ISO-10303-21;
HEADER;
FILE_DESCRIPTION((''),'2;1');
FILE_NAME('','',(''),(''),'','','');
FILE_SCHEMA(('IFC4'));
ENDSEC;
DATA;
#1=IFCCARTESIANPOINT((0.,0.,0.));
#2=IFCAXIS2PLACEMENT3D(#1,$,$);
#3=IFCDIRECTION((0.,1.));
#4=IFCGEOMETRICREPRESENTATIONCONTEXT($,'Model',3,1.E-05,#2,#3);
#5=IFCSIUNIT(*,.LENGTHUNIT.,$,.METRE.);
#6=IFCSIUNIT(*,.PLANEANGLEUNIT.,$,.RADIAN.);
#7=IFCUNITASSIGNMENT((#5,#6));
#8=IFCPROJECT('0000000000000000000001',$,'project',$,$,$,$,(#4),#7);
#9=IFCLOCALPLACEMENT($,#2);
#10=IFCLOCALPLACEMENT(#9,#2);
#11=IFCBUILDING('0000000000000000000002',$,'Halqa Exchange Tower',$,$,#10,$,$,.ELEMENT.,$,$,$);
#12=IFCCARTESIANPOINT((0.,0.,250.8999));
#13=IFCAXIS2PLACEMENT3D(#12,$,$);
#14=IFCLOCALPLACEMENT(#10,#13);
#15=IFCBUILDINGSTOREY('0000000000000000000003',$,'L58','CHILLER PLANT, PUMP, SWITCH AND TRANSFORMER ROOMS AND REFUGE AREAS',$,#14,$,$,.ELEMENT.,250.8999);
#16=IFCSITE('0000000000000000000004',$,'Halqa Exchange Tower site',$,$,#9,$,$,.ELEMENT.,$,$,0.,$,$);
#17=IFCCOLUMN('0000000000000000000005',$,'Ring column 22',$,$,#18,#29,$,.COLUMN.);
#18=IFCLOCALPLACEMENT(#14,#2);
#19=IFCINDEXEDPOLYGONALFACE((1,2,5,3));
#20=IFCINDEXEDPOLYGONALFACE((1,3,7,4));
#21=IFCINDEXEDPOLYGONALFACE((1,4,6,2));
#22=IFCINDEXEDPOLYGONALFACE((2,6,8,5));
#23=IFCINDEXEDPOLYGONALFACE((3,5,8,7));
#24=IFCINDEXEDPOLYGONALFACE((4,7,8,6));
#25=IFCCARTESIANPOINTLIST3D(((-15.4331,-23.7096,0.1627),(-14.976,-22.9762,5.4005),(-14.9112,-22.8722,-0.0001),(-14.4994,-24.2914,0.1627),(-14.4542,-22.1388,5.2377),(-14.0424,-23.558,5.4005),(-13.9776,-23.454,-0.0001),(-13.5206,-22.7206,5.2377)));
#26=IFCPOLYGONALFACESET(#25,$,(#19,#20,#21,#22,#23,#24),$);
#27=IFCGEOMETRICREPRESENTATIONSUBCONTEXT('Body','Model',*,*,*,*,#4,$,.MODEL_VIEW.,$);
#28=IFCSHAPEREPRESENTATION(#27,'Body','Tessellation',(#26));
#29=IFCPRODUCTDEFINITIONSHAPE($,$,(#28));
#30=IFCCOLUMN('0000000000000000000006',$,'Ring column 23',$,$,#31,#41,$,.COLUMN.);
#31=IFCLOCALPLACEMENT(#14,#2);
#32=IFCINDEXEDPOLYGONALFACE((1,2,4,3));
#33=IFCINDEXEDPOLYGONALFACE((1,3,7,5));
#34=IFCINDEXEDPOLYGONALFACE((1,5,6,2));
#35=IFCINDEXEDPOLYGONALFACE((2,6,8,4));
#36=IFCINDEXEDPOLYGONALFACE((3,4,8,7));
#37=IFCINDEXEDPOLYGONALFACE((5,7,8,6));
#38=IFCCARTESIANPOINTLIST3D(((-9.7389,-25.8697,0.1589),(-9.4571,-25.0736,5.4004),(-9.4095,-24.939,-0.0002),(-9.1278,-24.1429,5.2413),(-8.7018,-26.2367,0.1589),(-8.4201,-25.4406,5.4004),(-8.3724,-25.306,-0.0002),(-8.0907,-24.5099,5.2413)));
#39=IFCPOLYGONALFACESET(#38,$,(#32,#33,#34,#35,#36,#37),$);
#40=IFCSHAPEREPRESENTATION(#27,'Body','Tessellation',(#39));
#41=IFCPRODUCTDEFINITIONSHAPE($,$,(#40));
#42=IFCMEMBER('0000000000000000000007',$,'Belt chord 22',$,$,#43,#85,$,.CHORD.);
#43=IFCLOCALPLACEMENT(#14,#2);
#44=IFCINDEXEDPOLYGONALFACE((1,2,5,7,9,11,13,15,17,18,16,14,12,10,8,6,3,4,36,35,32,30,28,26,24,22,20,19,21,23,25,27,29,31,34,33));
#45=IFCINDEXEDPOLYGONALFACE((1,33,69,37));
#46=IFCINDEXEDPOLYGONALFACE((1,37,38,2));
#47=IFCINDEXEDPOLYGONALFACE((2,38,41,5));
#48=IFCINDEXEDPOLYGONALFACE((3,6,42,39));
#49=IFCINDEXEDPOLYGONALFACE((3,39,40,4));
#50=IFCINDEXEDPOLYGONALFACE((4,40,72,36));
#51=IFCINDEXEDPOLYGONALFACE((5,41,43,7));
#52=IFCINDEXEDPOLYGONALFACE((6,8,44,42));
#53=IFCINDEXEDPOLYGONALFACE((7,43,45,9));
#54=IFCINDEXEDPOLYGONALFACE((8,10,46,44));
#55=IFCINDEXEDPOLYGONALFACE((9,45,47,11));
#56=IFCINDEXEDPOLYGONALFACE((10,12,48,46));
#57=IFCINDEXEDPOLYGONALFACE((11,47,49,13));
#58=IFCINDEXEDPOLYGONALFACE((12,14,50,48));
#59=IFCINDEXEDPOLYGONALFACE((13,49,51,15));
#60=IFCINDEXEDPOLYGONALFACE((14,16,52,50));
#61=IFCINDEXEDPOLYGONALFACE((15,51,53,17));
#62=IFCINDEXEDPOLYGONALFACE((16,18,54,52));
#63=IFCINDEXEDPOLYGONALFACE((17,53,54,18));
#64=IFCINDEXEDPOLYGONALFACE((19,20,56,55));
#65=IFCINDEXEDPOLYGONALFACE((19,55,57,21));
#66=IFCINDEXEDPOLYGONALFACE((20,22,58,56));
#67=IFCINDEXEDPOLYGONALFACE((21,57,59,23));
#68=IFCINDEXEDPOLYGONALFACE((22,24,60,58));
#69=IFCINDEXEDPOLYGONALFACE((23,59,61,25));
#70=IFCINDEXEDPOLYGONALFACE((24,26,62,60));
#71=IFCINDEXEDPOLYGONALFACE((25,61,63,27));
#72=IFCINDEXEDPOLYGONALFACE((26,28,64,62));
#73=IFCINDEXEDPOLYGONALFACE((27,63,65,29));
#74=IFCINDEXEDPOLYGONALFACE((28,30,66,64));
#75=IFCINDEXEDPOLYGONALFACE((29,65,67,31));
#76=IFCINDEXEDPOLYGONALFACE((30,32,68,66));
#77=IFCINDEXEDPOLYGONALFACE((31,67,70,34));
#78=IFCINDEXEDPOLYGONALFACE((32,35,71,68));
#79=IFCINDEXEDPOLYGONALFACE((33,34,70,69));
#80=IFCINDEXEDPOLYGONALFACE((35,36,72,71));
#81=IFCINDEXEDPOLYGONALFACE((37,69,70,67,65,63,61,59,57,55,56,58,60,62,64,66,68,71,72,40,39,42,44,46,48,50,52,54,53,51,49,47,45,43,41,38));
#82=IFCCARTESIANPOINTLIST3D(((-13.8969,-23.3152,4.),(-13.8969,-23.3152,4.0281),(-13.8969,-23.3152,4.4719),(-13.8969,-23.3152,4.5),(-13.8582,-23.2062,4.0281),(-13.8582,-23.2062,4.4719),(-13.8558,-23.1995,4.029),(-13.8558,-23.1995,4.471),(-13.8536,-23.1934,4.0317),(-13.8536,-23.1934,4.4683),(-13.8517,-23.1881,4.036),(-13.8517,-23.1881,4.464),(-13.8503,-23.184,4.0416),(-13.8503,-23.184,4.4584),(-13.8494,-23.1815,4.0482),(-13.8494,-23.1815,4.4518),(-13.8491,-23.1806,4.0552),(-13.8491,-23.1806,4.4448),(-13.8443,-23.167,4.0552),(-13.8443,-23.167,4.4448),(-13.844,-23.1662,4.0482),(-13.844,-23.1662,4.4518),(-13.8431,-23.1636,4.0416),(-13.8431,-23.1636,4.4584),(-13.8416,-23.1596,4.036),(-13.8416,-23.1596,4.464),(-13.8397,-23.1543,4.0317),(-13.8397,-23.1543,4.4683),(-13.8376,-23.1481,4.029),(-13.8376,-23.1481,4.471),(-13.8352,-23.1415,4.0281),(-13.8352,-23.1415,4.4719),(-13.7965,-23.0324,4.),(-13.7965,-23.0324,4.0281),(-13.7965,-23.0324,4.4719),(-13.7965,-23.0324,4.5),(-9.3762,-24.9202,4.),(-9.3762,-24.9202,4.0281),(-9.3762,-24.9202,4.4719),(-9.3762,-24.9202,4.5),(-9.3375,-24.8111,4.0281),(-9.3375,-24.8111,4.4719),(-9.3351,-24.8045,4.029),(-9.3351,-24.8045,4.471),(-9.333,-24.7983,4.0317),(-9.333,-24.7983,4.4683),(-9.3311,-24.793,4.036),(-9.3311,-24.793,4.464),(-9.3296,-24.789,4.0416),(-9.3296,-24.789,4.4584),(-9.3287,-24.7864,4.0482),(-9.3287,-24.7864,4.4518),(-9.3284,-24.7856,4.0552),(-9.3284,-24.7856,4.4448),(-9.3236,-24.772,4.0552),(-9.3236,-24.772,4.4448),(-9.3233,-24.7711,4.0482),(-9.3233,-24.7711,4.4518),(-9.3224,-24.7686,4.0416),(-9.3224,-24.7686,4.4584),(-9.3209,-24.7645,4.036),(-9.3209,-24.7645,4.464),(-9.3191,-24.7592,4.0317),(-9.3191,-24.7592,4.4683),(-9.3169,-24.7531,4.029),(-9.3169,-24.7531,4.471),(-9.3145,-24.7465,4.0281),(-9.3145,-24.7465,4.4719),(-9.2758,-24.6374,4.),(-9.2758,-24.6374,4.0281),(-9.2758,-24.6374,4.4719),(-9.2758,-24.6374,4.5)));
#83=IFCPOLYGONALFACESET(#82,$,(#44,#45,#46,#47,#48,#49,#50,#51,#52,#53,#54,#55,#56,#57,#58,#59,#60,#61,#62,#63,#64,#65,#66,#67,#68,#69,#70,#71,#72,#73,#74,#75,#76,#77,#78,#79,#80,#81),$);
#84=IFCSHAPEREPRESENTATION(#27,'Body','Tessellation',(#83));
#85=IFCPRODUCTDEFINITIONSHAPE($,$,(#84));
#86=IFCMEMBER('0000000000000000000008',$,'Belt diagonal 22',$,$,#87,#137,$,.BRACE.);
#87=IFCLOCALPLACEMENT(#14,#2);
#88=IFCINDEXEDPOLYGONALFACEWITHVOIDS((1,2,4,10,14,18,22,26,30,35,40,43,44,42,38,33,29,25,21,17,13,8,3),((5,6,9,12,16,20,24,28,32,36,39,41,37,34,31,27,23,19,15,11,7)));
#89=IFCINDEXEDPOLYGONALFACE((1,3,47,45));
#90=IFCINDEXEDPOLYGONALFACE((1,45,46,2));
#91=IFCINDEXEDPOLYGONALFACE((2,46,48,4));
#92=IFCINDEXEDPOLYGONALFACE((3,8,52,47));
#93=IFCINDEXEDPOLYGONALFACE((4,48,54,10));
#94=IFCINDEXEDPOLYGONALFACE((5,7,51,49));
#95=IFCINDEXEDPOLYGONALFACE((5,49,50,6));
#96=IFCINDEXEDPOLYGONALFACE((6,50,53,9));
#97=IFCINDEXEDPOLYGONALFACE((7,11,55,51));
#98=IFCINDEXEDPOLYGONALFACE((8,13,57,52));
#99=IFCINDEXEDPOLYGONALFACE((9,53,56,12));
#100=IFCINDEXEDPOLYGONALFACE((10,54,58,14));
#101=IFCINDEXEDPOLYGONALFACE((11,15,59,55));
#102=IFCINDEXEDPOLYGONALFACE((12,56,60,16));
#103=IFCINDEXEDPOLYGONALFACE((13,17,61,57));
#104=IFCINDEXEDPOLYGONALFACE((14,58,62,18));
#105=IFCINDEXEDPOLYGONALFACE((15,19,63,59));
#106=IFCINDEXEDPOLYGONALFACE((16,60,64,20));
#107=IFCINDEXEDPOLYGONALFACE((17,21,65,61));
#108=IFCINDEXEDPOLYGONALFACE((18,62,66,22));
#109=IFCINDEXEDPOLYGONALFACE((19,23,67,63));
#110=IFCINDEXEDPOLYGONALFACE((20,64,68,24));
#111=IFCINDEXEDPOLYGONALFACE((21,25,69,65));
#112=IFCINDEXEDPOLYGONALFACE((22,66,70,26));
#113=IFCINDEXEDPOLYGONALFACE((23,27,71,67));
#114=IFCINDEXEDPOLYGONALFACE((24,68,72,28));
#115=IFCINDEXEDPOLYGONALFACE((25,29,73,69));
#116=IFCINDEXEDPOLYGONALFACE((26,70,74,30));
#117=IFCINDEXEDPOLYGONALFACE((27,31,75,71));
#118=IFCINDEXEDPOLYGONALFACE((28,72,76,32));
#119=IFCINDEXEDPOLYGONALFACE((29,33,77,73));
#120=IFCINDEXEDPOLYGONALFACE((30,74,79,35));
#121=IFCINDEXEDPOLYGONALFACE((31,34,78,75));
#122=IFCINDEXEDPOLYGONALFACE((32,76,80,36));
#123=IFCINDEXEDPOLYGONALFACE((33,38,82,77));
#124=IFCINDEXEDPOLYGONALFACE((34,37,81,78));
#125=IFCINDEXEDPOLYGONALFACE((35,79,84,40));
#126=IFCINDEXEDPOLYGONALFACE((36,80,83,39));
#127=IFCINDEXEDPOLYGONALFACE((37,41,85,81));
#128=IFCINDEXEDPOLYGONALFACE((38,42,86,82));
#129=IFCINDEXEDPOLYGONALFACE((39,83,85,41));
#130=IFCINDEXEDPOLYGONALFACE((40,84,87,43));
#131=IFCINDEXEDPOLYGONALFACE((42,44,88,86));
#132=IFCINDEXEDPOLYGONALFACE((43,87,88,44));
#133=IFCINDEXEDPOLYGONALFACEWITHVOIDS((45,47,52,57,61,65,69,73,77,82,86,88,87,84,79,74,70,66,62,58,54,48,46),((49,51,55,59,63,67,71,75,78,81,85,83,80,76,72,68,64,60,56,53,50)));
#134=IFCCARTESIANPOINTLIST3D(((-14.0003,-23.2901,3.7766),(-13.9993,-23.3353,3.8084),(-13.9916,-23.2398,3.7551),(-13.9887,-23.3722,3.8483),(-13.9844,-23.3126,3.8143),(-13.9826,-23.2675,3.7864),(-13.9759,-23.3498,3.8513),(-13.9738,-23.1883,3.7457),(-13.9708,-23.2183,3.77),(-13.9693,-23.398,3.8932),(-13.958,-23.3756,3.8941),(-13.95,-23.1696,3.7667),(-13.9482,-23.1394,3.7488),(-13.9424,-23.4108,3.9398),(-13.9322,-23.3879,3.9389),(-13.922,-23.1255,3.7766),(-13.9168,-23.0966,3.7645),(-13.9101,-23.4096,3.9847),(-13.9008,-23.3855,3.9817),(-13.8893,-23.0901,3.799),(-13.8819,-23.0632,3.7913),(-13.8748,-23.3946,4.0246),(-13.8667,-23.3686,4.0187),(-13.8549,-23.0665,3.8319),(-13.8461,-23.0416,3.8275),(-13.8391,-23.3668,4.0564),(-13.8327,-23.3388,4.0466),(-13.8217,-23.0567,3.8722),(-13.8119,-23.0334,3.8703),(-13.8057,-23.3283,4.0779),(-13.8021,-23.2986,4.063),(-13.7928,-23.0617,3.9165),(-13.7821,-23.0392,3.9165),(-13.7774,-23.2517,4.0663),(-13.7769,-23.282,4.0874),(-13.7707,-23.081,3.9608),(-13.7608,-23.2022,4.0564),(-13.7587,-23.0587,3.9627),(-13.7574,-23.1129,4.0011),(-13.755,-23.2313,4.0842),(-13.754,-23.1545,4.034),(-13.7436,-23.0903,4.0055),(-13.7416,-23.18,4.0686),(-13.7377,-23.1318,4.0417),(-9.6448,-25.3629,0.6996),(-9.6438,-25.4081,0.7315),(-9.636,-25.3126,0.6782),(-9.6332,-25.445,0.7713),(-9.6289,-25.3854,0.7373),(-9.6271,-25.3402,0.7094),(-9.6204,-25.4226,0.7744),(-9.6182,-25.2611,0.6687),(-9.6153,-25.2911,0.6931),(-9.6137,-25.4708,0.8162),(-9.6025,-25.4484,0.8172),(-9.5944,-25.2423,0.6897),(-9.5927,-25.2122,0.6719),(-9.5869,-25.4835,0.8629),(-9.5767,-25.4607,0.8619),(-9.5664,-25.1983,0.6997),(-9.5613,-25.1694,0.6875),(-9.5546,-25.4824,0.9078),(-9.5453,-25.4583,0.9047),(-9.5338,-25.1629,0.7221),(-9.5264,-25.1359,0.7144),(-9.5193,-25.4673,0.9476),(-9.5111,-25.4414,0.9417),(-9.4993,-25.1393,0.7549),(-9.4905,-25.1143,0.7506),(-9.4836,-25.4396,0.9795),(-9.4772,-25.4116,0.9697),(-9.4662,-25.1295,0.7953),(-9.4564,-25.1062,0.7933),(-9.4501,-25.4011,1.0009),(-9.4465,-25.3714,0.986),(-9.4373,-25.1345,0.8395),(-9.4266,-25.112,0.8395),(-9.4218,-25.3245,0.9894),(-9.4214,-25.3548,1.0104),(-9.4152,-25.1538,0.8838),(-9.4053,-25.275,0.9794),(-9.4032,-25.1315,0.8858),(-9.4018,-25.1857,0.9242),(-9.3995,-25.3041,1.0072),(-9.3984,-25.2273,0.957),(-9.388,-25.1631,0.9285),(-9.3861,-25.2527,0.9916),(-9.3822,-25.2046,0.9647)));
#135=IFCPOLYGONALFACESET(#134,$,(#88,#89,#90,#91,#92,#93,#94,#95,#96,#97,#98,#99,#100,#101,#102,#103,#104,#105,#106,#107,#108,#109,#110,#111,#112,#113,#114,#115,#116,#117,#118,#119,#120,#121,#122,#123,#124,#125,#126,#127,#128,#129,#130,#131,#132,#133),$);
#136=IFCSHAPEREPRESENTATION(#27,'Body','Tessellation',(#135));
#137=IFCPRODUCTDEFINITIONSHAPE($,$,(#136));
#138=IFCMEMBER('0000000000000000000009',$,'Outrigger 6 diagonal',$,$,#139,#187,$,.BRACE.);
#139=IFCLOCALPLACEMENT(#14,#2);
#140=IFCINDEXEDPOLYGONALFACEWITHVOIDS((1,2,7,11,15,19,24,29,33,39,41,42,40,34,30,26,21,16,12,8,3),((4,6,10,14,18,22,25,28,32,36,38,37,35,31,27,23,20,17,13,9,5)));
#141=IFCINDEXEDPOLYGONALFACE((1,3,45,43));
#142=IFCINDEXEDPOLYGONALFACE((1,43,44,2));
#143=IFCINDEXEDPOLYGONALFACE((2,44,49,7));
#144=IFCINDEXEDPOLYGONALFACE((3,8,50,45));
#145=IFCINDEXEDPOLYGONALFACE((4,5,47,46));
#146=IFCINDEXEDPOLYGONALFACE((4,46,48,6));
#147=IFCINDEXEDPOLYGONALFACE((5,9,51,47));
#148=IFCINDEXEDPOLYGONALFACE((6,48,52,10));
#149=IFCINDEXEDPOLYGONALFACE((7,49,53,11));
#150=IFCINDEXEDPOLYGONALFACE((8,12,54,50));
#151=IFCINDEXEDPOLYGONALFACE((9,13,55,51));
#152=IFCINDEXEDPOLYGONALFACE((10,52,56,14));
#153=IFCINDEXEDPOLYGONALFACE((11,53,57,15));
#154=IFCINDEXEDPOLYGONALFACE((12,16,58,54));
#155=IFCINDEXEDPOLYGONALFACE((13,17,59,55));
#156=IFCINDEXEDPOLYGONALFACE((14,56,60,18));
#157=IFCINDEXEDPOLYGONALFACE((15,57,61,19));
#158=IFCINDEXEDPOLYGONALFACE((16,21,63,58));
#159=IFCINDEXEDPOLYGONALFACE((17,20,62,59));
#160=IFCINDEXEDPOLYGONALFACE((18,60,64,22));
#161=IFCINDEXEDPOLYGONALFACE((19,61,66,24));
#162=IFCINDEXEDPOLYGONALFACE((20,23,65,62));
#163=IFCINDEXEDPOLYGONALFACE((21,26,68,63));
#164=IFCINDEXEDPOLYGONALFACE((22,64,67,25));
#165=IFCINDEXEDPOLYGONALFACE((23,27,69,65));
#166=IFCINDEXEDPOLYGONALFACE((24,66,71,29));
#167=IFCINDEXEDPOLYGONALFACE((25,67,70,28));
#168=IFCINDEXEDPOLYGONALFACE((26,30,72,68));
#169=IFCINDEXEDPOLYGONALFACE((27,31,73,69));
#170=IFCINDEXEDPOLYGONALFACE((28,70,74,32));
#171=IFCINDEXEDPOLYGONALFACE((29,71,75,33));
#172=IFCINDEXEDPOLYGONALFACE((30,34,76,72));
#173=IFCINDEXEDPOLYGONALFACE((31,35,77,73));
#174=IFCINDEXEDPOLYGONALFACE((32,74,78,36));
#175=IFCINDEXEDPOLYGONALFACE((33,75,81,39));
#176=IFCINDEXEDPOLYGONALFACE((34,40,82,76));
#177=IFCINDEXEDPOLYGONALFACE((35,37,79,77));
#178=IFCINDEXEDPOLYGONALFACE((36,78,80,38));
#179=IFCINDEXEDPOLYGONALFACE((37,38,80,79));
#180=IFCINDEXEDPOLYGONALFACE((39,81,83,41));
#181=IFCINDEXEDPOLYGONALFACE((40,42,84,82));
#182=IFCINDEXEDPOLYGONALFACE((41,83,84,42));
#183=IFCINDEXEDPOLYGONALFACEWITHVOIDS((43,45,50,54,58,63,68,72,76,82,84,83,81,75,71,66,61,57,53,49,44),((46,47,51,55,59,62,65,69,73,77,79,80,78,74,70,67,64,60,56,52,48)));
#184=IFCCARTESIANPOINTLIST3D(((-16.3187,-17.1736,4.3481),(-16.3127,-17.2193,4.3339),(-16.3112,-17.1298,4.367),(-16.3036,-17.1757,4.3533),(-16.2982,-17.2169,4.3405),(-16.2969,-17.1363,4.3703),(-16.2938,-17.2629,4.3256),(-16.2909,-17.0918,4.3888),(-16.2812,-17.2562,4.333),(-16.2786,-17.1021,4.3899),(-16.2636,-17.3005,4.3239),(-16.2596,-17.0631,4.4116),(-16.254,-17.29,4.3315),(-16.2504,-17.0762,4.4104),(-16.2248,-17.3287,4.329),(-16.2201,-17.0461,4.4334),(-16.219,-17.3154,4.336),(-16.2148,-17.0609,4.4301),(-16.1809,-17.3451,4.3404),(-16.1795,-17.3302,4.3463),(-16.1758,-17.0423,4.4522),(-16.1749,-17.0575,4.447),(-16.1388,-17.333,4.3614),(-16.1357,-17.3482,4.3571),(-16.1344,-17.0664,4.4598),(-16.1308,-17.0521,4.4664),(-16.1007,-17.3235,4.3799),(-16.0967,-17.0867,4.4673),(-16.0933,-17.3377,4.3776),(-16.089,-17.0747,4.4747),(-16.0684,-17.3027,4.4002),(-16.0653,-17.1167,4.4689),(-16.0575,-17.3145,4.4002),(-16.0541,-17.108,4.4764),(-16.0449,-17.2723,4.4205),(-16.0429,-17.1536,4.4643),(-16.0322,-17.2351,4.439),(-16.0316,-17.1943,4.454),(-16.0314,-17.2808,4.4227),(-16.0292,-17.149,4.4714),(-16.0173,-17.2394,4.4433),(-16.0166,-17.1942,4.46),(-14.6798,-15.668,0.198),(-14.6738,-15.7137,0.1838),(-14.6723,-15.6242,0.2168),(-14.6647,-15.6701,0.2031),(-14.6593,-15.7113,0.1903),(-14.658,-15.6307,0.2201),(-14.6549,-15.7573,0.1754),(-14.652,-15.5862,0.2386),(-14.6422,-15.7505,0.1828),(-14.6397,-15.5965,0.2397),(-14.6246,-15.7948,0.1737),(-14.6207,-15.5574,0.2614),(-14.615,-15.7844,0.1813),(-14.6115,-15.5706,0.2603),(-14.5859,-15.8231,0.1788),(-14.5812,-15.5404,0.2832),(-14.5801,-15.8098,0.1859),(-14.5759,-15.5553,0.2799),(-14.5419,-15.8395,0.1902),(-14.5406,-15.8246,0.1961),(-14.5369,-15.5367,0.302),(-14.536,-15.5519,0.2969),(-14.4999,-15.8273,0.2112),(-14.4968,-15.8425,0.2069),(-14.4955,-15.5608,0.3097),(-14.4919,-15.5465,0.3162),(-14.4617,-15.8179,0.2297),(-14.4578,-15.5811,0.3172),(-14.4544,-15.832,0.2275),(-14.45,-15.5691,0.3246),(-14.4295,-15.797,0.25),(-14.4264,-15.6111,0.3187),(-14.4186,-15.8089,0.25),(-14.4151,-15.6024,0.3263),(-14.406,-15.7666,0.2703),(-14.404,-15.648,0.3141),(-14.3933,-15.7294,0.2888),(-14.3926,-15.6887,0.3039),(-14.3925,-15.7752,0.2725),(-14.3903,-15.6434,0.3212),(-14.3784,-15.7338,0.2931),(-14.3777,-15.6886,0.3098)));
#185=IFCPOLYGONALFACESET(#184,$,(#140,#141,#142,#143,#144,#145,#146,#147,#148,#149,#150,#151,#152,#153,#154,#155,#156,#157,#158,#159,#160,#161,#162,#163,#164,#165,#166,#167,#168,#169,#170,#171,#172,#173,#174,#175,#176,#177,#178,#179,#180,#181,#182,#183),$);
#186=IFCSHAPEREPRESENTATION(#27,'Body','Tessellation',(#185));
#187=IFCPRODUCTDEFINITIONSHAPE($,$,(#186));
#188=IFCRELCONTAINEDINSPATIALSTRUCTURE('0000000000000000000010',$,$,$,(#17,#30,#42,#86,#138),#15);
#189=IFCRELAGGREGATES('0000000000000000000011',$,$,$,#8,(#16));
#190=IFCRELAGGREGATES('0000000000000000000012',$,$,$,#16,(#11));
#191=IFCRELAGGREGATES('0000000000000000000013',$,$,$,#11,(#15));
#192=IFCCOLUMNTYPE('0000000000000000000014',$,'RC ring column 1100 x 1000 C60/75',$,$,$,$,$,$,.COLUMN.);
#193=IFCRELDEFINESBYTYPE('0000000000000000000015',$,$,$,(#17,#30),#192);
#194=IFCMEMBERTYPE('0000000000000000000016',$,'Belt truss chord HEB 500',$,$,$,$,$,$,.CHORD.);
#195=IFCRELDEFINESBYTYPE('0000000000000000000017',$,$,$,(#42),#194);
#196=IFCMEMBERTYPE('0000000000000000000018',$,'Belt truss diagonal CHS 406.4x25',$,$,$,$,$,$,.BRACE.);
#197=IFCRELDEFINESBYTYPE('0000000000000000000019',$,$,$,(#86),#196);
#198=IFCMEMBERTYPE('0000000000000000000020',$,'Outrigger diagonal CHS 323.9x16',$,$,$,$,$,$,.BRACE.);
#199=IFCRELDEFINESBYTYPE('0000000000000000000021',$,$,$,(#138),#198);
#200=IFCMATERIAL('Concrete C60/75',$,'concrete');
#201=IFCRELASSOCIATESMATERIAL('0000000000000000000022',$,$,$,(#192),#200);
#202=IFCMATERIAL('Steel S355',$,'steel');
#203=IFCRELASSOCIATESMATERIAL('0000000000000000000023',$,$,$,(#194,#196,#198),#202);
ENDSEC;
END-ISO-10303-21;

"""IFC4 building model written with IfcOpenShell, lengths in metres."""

from ifc_helpers import new_model, si_unit, direction, frame, origin, origin_2d, place, context, subcontext, project, spatial, rectangle, hollow_circle, i_section, extrude, material, material_profile, profile_set, type_object, element, save


model = new_model("IFC4")

# Units and contexts
model_context = context("Model", 3, precision=1e-05, world=origin(), true_north=direction((0.0, 1.0)))
body_context = subcontext(model_context, "Body", "Model", "MODEL_VIEW")
ifc_project = project(units=[si_unit("LENGTHUNIT", "METRE"), si_unit("PLANEANGLEUNIT", "RADIAN")], contexts=[model_context])

# Site, building, storey
site_placement = place(None, origin())
site = spatial("IfcSite", under=ifc_project, at=site_placement, Name="Halqa Exchange Tower site", CompositionType="ELEMENT", RefElevation=0.0)
building_placement = place(site_placement, origin())
building = spatial("IfcBuilding", under=site, at=building_placement, Name="Halqa Exchange Tower", CompositionType="ELEMENT")
storey_placement = place(building_placement, frame((0.0, 0.0, 250.8999)))
storey = spatial("IfcBuildingStorey", under=building, at=storey_placement, Name="L58", Description="CHILLER PLANT, PUMP, SWITCH AND TRANSFORMER ROOMS AND REFUGE AREAS", CompositionType="ELEMENT", Elevation=250.8999)

# Columns
ifc_material_1 = material(Name="Concrete C60/75", Category="concrete")
ifc_material_profile_1 = material_profile(ifc_material_1, rectangle(XDim=1.1001, YDim=1.0, at=origin_2d()), Name="1100 x 1000")
ifc_profile_set_1 = profile_set([ifc_material_profile_1], Name="Concrete C60/75")
column_type = type_object("IfcColumnType", Name="RC ring column 1100 x 1000 C60/75", PredefinedType="COLUMN", material=ifc_profile_set_1)
column_1_placement = place(storey_placement, frame((-14.7053, -23.5818, 0.0813), z_axis=(0.086093, 0.138153, 0.986662), x_axis=(-0.848696, 0.528881, 0.0)))
element("IfcColumn", 1, at=column_1_placement, inside=storey, type_object=column_type, Name="Ring column 22", PredefinedType="COLUMN", context=body_context, shape_type="SweptSolid", body=[
    extrude(rectangle(XDim=1.1001, YDim=1.0, at=origin_2d()), origin(), (0.0, 0.0, 1.0), 5.3086),
])
column_2_placement = place(storey_placement, frame((-9.0557, -25.5879, 0.0793), z_axis=(0.053067, 0.149959, 0.987267), x_axis=(-0.942712, 0.333606, 0.0)))
element("IfcColumn", 2, at=column_2_placement, inside=storey, type_object=column_type, Name="Ring column 23", PredefinedType="COLUMN", context=body_context, shape_type="SweptSolid", body=[
    extrude(rectangle(XDim=1.1001, YDim=1.0, at=origin_2d()), origin(), (0.0, 0.0, 1.0), 5.3091),
])

# Members
ifc_material_2 = material(Name="Steel S355", Category="steel")
ifc_material_profile_2 = material_profile(ifc_material_2, i_section(OverallWidth=0.3, OverallDepth=0.5, WebThickness=0.0144, FlangeThickness=0.0281, FilletRadius=0.0271, at=origin_2d()), Name="HEB 500")
ifc_profile_set_2 = profile_set([ifc_material_profile_2], Name="Steel S355")
member_type_1 = type_object("IfcMemberType", Name="Belt truss chord HEB 500", PredefinedType="CHORD", material=ifc_profile_set_2)
member_1_placement = place(storey_placement, frame((-13.8467, -23.1738, 4.25), z_axis=(0.942372, -0.334566, 0.0), x_axis=(0.334566, 0.942372, 0.0)))
element("IfcMember", 3, at=member_1_placement, inside=storey, type_object=member_type_1, Name="Belt chord 22", PredefinedType="CHORD", context=body_context, shape_type="SweptSolid", body=[
    extrude(i_section(OverallWidth=0.3, OverallDepth=0.5, WebThickness=0.0144, FlangeThickness=0.0281, FilletRadius=0.0271, at=origin_2d()), origin(), (0.0, 0.0, 1.0), 4.7971),
])
ifc_material_profile_3 = material_profile(ifc_material_2, hollow_circle(Radius=0.2031, WallThickness=0.0249, at=origin_2d()), Name="CHS 406.4x25")
ifc_profile_set_3 = profile_set([ifc_material_profile_3], Name="Steel S355")
member_type_2 = type_object("IfcMemberType", Name="Belt truss diagonal CHS 406.4x25", PredefinedType="BRACE", material=ifc_profile_set_3)
member_2_placement = place(storey_placement, frame((-13.8694, -23.2227, 3.9165), z_axis=(0.761267, -0.362285, -0.537794), x_axis=(0.429717, 0.902963, 0.0)))
element("IfcMember", 4, at=member_2_placement, inside=storey, type_object=member_type_2, Name="Belt diagonal 22", PredefinedType="BRACE", context=body_context, shape_type="SweptSolid", body=[
    extrude(hollow_circle(Radius=0.2031, WallThickness=0.0249, at=origin_2d()), origin(), (0.0, 0.0, 1.0), 5.7214),
])
ifc_material_profile_4 = material_profile(ifc_material_2, hollow_circle(Radius=0.1619, WallThickness=0.0161, at=origin_2d()), Name="CHS 323.9x16")
ifc_profile_set_4 = profile_set([ifc_material_profile_4], Name="Steel S355")
member_type_3 = type_object("IfcMemberType", Name="Outrigger diagonal CHS 323.9x16", PredefinedType="BRACE", material=ifc_profile_set_4)
member_3_placement = place(storey_placement, frame((-14.5281, -15.6897, 0.25), z_axis=(-0.348024, -0.319717, 0.881283), x_axis=(0.676524, -0.736421, 0.0)))
element("IfcMember", 5, at=member_3_placement, inside=storey, type_object=member_type_3, Name="Outrigger 6 diagonal", PredefinedType="BRACE", context=body_context, shape_type="SweptSolid", body=[
    extrude(hollow_circle(Radius=0.1619, WallThickness=0.0161, at=origin_2d()), origin(), (0.0, 0.0, 1.0), 4.7092),
])

save(model, "model.ifc")
